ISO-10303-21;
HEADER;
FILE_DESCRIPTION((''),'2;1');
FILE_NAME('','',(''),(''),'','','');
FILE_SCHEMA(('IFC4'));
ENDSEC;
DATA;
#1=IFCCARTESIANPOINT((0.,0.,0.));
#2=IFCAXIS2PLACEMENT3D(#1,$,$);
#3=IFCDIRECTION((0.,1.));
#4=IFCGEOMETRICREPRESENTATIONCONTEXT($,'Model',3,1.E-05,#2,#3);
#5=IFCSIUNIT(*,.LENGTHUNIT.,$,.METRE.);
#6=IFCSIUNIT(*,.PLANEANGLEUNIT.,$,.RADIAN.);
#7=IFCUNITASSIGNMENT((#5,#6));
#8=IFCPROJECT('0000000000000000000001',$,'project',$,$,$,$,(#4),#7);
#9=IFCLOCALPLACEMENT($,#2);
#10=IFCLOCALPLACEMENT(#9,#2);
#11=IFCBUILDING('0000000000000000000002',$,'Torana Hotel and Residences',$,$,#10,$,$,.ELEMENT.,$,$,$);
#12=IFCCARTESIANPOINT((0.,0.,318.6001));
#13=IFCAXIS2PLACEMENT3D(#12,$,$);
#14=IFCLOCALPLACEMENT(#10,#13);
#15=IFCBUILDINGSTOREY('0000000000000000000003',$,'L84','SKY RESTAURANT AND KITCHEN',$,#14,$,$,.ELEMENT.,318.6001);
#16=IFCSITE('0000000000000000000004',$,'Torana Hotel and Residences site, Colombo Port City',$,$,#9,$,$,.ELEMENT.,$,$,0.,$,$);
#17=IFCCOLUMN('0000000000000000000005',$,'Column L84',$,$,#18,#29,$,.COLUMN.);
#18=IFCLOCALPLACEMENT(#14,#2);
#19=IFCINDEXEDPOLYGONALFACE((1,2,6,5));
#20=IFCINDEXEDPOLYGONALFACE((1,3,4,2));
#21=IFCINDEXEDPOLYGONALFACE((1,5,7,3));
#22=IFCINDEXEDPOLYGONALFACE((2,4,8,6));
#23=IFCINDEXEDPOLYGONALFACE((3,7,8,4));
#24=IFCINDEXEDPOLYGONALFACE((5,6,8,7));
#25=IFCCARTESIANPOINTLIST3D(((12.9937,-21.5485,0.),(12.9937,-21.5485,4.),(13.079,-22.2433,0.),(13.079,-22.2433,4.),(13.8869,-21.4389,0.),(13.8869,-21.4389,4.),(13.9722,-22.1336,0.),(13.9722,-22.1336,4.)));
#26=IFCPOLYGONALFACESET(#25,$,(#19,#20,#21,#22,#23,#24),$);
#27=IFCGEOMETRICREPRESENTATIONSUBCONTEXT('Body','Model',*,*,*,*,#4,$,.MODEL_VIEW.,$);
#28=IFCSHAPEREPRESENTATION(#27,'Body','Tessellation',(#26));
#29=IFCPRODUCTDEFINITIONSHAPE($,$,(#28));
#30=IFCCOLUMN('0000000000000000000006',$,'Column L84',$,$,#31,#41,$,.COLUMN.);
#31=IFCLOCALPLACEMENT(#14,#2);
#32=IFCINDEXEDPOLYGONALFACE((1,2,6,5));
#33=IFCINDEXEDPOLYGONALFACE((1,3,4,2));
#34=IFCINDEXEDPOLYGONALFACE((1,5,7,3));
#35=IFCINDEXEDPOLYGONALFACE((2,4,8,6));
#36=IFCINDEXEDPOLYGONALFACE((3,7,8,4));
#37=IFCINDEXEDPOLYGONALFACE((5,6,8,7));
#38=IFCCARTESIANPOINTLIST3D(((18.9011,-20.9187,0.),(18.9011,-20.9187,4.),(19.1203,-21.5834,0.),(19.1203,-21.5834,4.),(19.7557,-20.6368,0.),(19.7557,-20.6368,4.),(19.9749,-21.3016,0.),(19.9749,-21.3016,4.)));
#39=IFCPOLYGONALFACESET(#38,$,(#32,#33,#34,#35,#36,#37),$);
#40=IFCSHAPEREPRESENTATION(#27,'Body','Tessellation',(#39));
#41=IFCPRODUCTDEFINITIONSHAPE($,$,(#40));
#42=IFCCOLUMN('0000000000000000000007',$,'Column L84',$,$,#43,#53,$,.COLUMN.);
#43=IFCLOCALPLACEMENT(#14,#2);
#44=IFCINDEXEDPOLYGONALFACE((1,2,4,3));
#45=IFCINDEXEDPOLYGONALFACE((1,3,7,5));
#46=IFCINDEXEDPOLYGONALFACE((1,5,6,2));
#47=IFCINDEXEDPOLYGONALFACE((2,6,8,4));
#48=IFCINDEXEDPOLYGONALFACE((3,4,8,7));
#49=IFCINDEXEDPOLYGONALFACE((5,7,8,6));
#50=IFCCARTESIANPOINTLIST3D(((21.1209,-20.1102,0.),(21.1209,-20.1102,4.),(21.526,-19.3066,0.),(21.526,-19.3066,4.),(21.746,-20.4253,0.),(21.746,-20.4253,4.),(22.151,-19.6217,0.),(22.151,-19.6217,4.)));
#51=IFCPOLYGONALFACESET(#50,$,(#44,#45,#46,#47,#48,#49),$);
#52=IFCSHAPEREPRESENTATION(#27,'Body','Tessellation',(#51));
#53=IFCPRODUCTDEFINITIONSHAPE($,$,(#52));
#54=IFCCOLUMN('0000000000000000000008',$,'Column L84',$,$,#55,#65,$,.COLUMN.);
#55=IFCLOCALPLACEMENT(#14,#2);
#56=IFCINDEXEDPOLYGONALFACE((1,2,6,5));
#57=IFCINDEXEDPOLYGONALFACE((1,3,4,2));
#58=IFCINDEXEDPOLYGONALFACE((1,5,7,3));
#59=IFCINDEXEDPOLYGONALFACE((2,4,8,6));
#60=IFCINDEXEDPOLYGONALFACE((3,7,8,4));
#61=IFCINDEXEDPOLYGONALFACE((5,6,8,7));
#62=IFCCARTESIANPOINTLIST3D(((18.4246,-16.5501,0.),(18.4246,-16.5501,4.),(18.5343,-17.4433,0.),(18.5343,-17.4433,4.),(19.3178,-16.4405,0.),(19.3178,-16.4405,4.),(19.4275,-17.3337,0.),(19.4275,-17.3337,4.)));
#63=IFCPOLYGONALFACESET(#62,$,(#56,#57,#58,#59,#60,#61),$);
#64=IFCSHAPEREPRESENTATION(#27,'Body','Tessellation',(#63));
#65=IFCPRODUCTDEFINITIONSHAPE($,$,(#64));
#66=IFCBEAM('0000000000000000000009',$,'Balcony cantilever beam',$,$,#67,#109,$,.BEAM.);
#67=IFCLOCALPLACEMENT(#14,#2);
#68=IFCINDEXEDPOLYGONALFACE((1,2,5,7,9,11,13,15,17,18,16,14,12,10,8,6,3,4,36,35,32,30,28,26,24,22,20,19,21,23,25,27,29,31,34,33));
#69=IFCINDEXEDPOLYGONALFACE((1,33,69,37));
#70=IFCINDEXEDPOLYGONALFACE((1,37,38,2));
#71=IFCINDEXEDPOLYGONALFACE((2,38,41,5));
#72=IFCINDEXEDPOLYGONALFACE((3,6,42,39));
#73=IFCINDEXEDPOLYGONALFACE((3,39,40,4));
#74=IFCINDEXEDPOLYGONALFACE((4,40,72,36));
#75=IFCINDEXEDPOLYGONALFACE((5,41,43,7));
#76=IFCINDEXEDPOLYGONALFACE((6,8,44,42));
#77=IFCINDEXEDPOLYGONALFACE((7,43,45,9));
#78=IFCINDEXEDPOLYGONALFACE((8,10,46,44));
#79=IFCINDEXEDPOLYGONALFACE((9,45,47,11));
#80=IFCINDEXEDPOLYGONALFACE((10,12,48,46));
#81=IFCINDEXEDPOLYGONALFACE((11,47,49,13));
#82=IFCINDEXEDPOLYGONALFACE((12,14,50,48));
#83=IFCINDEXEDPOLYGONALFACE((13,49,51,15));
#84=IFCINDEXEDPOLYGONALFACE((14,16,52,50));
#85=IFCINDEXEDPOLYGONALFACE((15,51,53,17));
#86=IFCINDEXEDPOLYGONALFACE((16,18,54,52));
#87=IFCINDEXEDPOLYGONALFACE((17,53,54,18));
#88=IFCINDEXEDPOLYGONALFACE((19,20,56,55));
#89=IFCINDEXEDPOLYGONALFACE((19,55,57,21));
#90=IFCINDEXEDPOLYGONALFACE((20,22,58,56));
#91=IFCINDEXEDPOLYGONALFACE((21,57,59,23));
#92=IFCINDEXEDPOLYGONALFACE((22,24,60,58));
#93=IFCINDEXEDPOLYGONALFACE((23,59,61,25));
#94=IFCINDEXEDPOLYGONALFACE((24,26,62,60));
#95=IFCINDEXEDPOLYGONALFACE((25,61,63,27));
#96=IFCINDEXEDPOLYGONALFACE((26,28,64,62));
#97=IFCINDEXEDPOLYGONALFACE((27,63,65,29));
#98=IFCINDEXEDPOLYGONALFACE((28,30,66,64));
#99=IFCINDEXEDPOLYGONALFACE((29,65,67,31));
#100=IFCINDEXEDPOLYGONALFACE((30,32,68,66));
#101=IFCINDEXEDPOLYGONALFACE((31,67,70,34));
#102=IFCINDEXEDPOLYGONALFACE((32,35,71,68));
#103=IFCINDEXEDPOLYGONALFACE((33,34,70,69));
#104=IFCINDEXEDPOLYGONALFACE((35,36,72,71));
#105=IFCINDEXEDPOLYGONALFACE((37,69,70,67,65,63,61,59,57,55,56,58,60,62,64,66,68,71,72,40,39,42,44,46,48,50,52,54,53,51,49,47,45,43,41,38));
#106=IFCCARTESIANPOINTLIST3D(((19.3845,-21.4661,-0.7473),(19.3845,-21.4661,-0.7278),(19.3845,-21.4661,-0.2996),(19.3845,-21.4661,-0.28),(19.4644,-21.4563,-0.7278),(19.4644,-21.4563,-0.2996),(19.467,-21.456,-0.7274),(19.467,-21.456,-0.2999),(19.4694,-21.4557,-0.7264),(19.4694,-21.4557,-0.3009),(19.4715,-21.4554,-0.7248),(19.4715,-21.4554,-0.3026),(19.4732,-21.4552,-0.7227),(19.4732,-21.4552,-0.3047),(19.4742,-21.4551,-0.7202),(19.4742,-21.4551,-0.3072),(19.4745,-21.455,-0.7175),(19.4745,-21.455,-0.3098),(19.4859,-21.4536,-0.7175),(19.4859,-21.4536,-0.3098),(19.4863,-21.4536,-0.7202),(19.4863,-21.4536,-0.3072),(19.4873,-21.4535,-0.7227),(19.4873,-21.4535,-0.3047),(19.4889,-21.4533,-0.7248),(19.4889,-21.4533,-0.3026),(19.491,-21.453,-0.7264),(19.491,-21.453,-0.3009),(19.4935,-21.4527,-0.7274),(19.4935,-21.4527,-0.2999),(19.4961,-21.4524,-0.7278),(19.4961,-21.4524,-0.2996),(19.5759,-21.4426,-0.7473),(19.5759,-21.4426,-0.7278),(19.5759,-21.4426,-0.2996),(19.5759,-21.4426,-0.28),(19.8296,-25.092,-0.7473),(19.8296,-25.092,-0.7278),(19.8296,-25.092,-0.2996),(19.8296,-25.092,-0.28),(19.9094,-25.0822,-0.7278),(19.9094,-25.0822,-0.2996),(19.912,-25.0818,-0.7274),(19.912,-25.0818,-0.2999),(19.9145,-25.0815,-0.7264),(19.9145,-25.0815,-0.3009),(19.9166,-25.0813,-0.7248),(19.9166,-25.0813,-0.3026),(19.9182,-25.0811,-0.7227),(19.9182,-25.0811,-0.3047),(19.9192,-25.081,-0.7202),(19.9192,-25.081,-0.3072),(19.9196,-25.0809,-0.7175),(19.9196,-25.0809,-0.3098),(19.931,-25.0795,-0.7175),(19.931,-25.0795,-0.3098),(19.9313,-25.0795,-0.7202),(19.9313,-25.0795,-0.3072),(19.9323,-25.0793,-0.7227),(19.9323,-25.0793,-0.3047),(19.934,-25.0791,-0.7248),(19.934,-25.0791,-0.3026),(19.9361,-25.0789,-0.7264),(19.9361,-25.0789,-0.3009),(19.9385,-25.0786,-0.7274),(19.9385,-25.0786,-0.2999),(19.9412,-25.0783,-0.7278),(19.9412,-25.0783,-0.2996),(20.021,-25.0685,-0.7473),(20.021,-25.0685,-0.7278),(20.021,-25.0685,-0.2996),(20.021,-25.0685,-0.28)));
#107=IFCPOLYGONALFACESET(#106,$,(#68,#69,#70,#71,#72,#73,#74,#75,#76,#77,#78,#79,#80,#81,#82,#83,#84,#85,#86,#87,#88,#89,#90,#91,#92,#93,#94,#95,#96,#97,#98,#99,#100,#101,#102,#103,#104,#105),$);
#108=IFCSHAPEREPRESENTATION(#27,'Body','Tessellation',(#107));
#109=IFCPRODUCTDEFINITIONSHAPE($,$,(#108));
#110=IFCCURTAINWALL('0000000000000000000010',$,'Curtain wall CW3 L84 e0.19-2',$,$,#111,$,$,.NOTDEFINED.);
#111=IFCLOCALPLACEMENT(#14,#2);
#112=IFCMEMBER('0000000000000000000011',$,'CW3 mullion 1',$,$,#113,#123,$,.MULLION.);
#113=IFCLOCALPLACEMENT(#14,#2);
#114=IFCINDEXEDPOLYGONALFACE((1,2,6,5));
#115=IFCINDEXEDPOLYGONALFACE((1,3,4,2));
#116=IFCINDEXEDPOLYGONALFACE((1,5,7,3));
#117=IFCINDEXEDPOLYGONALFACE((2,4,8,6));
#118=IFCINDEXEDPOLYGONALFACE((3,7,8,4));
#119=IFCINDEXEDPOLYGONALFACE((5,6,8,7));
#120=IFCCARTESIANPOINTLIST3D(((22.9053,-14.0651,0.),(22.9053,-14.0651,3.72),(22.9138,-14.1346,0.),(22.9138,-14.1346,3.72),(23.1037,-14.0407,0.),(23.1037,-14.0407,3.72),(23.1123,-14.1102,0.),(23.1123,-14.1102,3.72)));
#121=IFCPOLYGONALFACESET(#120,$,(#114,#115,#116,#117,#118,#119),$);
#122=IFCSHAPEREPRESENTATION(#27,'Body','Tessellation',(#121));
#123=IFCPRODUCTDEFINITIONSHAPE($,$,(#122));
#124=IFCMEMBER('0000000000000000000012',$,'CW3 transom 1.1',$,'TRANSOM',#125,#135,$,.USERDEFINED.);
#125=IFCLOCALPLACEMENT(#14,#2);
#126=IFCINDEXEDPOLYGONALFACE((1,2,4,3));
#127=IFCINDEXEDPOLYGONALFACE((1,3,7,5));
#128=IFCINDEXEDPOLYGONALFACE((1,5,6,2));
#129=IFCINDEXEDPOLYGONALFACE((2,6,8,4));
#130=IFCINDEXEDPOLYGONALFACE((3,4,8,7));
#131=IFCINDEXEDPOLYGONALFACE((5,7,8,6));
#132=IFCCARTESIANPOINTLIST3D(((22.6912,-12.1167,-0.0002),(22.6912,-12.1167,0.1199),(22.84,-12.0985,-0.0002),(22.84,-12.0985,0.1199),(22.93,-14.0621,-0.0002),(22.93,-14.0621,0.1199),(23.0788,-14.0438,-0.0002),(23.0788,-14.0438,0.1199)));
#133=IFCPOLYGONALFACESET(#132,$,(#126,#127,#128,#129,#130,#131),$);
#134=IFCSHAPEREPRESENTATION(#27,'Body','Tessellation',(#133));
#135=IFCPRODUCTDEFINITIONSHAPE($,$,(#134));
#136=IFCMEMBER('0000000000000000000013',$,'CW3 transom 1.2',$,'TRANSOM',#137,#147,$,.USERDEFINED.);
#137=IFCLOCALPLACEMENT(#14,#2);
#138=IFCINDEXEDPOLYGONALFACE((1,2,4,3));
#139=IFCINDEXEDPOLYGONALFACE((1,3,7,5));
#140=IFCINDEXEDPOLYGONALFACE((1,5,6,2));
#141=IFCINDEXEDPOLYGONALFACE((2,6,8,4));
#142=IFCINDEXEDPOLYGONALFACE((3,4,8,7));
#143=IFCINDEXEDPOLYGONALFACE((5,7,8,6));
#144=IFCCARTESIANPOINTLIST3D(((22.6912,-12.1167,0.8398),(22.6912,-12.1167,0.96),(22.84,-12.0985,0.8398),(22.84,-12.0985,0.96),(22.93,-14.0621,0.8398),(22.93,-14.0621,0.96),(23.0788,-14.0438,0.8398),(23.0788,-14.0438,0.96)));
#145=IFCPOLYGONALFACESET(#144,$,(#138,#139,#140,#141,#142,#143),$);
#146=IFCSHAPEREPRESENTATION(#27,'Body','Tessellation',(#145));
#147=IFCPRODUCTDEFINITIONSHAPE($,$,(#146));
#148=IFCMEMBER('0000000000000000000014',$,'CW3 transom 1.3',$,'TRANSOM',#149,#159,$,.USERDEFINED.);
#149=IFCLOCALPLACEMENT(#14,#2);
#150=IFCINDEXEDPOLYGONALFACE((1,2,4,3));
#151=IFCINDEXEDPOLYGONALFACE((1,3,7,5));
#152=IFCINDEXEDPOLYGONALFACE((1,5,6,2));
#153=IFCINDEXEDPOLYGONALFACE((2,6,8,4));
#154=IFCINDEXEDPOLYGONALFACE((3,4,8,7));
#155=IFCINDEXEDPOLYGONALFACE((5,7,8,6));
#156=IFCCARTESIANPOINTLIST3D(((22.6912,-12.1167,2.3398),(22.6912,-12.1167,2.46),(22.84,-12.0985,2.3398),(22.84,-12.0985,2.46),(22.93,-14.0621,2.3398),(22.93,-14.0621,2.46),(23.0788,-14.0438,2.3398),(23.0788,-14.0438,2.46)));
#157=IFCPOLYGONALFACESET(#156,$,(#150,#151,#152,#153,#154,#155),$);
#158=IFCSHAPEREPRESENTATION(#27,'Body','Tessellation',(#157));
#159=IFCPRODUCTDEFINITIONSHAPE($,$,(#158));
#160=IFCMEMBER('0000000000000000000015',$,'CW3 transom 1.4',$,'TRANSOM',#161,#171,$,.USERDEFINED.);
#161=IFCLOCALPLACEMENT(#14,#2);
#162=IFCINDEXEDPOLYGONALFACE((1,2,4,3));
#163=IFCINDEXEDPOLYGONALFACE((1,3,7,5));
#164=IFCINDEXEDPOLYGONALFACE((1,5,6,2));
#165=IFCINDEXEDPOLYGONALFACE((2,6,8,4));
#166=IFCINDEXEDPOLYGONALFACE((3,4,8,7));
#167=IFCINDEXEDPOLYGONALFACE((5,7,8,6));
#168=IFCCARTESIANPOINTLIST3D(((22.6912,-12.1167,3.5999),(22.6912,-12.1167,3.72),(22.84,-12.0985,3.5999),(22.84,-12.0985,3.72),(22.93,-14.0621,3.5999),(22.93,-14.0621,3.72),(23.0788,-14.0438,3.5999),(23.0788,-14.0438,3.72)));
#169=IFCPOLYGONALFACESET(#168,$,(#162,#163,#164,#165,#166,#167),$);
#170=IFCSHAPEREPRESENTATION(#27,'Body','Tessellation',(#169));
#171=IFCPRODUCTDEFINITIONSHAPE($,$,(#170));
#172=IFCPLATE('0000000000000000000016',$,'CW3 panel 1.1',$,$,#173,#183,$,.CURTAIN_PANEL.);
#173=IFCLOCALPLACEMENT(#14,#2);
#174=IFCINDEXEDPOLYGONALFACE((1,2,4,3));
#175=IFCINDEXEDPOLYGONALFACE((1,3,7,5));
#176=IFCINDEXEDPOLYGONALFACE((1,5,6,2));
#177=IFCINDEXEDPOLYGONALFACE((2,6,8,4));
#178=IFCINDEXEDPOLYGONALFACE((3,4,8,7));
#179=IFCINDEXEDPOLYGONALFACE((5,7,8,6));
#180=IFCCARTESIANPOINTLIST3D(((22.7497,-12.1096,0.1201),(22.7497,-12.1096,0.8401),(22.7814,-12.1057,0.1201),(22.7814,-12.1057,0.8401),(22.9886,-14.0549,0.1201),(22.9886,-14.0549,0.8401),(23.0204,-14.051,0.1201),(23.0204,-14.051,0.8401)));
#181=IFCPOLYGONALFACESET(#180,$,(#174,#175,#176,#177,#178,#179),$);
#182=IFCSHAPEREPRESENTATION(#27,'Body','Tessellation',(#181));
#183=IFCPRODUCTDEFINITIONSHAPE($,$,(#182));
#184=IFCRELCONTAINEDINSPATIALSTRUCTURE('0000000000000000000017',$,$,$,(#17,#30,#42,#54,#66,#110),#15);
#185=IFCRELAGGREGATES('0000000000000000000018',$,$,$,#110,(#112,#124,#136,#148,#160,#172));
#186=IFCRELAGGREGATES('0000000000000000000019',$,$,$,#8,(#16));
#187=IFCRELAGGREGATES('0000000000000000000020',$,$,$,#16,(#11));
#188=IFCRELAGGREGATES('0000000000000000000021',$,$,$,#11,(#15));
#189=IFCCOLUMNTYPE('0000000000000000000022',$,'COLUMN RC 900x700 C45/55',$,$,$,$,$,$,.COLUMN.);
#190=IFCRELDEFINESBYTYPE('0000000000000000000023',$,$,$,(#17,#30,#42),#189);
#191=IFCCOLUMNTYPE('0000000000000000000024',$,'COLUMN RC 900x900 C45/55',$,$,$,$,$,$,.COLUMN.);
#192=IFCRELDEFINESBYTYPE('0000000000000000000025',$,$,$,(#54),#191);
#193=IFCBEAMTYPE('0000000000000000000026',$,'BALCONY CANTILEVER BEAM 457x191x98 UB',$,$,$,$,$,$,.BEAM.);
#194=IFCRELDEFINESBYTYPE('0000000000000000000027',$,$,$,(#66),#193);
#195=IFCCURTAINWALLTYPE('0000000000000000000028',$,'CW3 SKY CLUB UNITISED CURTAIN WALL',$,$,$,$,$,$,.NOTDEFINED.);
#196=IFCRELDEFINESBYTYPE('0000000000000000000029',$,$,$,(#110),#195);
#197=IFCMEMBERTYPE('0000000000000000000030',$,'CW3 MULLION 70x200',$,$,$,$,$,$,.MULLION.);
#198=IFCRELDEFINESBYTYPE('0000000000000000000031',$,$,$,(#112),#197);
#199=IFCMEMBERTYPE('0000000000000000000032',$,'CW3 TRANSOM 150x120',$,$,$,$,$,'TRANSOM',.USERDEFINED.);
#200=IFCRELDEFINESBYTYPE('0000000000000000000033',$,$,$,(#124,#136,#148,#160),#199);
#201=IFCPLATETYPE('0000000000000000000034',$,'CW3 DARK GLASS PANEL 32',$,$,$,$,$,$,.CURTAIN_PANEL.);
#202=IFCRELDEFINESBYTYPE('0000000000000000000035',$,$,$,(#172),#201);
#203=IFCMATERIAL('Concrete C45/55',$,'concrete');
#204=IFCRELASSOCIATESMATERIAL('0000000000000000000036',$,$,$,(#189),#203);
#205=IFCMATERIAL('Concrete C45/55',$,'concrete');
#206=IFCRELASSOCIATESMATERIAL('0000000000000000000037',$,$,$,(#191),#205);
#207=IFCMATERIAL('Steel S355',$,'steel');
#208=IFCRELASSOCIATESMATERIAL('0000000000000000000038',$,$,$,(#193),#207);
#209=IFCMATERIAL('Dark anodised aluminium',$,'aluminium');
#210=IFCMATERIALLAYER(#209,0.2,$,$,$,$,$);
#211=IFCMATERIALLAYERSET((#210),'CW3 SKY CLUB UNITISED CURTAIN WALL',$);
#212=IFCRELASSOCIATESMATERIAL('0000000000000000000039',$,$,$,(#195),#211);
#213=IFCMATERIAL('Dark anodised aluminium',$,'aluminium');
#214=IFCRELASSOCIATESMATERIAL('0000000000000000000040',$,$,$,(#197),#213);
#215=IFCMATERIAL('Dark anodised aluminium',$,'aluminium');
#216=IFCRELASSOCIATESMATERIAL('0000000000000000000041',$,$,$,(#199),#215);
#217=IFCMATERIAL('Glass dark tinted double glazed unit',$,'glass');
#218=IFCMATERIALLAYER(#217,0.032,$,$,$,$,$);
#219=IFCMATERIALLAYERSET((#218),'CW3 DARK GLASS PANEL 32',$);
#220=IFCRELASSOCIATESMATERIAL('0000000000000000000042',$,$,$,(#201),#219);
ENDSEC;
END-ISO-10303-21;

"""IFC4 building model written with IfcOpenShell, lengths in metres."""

from ifc_helpers import new_model, si_unit, direction, frame, origin, origin_2d, place, context, subcontext, project, spatial, rectangle, i_section, extrude, material, layer, layer_set, material_profile, profile_set, type_object, element, aggregate, save


model = new_model("IFC4")

# Units and contexts
model_context = context("Model", 3, precision=1e-05, world=origin(), true_north=direction((0.0, 1.0)))
body_context = subcontext(model_context, "Body", "Model", "MODEL_VIEW")
ifc_project = project(units=[si_unit("LENGTHUNIT", "METRE"), si_unit("PLANEANGLEUNIT", "RADIAN")], contexts=[model_context])

# Site, building, storey
site_placement = place(None, origin())
site = spatial("IfcSite", under=ifc_project, at=site_placement, Name="Torana Hotel and Residences site, Colombo Port City", CompositionType="ELEMENT", RefElevation=0.0)
building_placement = place(site_placement, origin())
building = spatial("IfcBuilding", under=site, at=building_placement, Name="Torana Hotel and Residences", CompositionType="ELEMENT")
storey_placement = place(building_placement, frame((0.0, 0.0, 318.6001)))
storey = spatial("IfcBuildingStorey", under=building, at=storey_placement, Name="L84", Description="SKY RESTAURANT AND KITCHEN", CompositionType="ELEMENT", Elevation=318.6001)

# Columns
ifc_material_1 = material(Name="Concrete C45/55", Category="concrete")
ifc_material_profile_1 = material_profile(ifc_material_1, rectangle(XDim=0.8999, YDim=0.7, at=origin_2d()), Name="RC 900x700")
ifc_profile_set_1 = profile_set([ifc_material_profile_1], Name="Concrete C45/55")
column_type_1 = type_object("IfcColumnType", Name="COLUMN RC 900x700 C45/55", PredefinedType="COLUMN", material=ifc_profile_set_1)
for number, where, z_axis, x_axis, name in (
    (1, (13.4829, -21.8411, 0.0), (0.0, 0.0, 1.0), (0.992546, 0.121869, 0.0), "Column L84"),
    (2, (19.438, -21.1101, 0.0), (0.0, 0.0, 1.0), (0.949694, 0.31318, 0.0), "Column L84"),
    (3, (21.636, -19.866, 0.0), (0.0, 0.0, 1.0), (0.450098, 0.892979, 0.0), "Column L84"),
):
    element("IfcColumn", number, at=place(storey_placement, frame(where, z_axis=z_axis, x_axis=x_axis)), inside=storey, type_object=column_type_1, Name=name, PredefinedType="COLUMN", context=body_context, shape_type="SweptSolid", body=[
        extrude(rectangle(XDim=0.8999, YDim=0.7, at=origin_2d()), origin(), (0.0, 0.0, 1.0), 4.0),
    ])
ifc_material_2 = material(Name="Concrete C45/55", Category="concrete")
ifc_material_profile_2 = material_profile(ifc_material_2, rectangle(XDim=0.8999, YDim=0.8999, at=origin_2d()), Name="RC 900x900")
ifc_profile_set_2 = profile_set([ifc_material_profile_2], Name="Concrete C45/55")
column_type_2 = type_object("IfcColumnType", Name="COLUMN RC 900x900 C45/55", PredefinedType="COLUMN", material=ifc_profile_set_2)
column_placement = place(storey_placement, frame((18.926, -16.9419, 0.0), z_axis=(0.0, 0.0, 1.0), x_axis=(0.992546, 0.121869, 0.0)))
element("IfcColumn", 4, at=column_placement, inside=storey, type_object=column_type_2, Name="Column L84", PredefinedType="COLUMN", context=body_context, shape_type="SweptSolid", body=[
    extrude(rectangle(XDim=0.8999, YDim=0.8999, at=origin_2d()), origin(), (0.0, 0.0, 1.0), 4.0),
])

# Beam
ifc_material_3 = material(Name="Steel S355", Category="steel")
ifc_material_profile_3 = material_profile(ifc_material_3, i_section(OverallWidth=0.1929, OverallDepth=0.4673, WebThickness=0.0115, FlangeThickness=0.0195, FilletRadius=0.0103, at=origin_2d()), Name="457x191x98 UB")
ifc_profile_set_3 = profile_set([ifc_material_profile_3], Name="Steel S355")
beam_type = type_object("IfcBeamType", Name="BALCONY CANTILEVER BEAM 457x191x98 UB", PredefinedType="BEAM", material=ifc_profile_set_3)
beam_placement = place(storey_placement, frame((19.4802, -21.4543, -0.5137), z_axis=(0.12183, -0.992551, 0.0), x_axis=(0.992551, 0.12183, 0.0)))
element("IfcBeam", 5, at=beam_placement, inside=storey, type_object=beam_type, Name="Balcony cantilever beam", PredefinedType="BEAM", context=body_context, shape_type="SweptSolid", body=[
    extrude(i_section(OverallWidth=0.1929, OverallDepth=0.4673, WebThickness=0.0115, FlangeThickness=0.0195, FilletRadius=0.0103, at=origin_2d()), origin(), (0.0, 0.0, 1.0), 3.6531),
])

# Curtain wall, members, plate
ifc_material_4 = material(Name="Dark anodised aluminium", Category="aluminium")
ifc_layer_1 = layer(ifc_material_4, 0.2)
ifc_layer_set_1 = layer_set([ifc_layer_1], Name="CW3 SKY CLUB UNITISED CURTAIN WALL")
curtain_wall_type = type_object("IfcCurtainWallType", Name="CW3 SKY CLUB UNITISED CURTAIN WALL", PredefinedType="NOTDEFINED", material=ifc_layer_set_1)
curtain_wall_placement = place(storey_placement, origin())
curtain_wall = element("IfcCurtainWall", 6, at=curtain_wall_placement, inside=storey, type_object=curtain_wall_type, Name="Curtain wall CW3 L84 e0.19-2", PredefinedType="NOTDEFINED")
ifc_material_5 = material(Name="Dark anodised aluminium", Category="aluminium")
ifc_material_profile_4 = material_profile(ifc_material_5, rectangle(XDim=0.2, YDim=0.0701, at=origin_2d()), Name="CW3 MULLION 70x200")
ifc_profile_set_4 = profile_set([ifc_material_profile_4], Name="Dark anodised aluminium")
member_type_1 = type_object("IfcMemberType", Name="CW3 MULLION 70x200", PredefinedType="MULLION", material=ifc_profile_set_4)
member_1_placement = place(storey_placement, frame((23.0088, -14.0876, 0.0), z_axis=(0.0, 0.0, 1.0), x_axis=(-0.992541, -0.121913, 0.0)))
member_1 = element("IfcMember", 7, at=member_1_placement, type_object=member_type_1, Name="CW3 mullion 1", PredefinedType="MULLION", context=body_context, shape_type="SweptSolid", body=[
    extrude(rectangle(XDim=0.2, YDim=0.0701, at=origin_2d()), origin(), (0.0, 0.0, 1.0), 3.72),
])
ifc_material_6 = material(Name="Dark anodised aluminium", Category="aluminium")
ifc_material_profile_5 = material_profile(ifc_material_6, rectangle(XDim=0.1499, YDim=0.1201, at=origin_2d()), Name="CW3 TRANSOM 150x120")
ifc_profile_set_5 = profile_set([ifc_material_profile_5], Name="Dark anodised aluminium")
member_type_2 = type_object("IfcMemberType", Name="CW3 TRANSOM 150x120", ElementType="TRANSOM", PredefinedType="USERDEFINED", material=ifc_profile_set_5)
member_2_placement = place(storey_placement, frame((23.0044, -14.053, 0.0598), z_axis=(-0.121827, 0.992551, 0.0), x_axis=(-0.992551, -0.121827, 0.0)))
member_2 = element("IfcMember", 8, at=member_2_placement, type_object=member_type_2, Name="CW3 transom 1.1", ObjectType="TRANSOM", PredefinedType="USERDEFINED", context=body_context, shape_type="SweptSolid", body=[
    extrude(rectangle(XDim=0.1499, YDim=0.1201, at=origin_2d()), origin(), (0.0, 0.0, 1.0), 1.96),
])
member_3_placement = place(storey_placement, frame((23.0044, -14.053, 0.8999), z_axis=(-0.121827, 0.992551, 0.0), x_axis=(-0.992551, -0.121827, 0.0)))
member_3 = element("IfcMember", 9, at=member_3_placement, type_object=member_type_2, Name="CW3 transom 1.2", ObjectType="TRANSOM", PredefinedType="USERDEFINED", context=body_context, shape_type="SweptSolid", body=[
    extrude(rectangle(XDim=0.1499, YDim=0.1201, at=origin_2d()), origin(), (0.0, 0.0, 1.0), 1.96),
])
member_4_placement = place(storey_placement, frame((23.0044, -14.053, 2.3999), z_axis=(-0.121827, 0.992551, 0.0), x_axis=(-0.992551, -0.121827, 0.0)))
member_4 = element("IfcMember", 10, at=member_4_placement, type_object=member_type_2, Name="CW3 transom 1.3", ObjectType="TRANSOM", PredefinedType="USERDEFINED", context=body_context, shape_type="SweptSolid", body=[
    extrude(rectangle(XDim=0.1499, YDim=0.1201, at=origin_2d()), origin(), (0.0, 0.0, 1.0), 1.96),
])
member_5_placement = place(storey_placement, frame((23.0044, -14.053, 3.6599), z_axis=(-0.121827, 0.992551, 0.0), x_axis=(-0.992551, -0.121827, 0.0)))
member_5 = element("IfcMember", 11, at=member_5_placement, type_object=member_type_2, Name="CW3 transom 1.4", ObjectType="TRANSOM", PredefinedType="USERDEFINED", context=body_context, shape_type="SweptSolid", body=[
    extrude(rectangle(XDim=0.1499, YDim=0.1201, at=origin_2d()), origin(), (0.0, 0.0, 1.0), 1.96),
])
ifc_material_7 = material(Name="Glass dark tinted double glazed unit", Category="glass")
ifc_layer_2 = layer(ifc_material_7, 0.032)
ifc_layer_set_2 = layer_set([ifc_layer_2], Name="CW3 DARK GLASS PANEL 32")
plate_type = type_object("IfcPlateType", Name="CW3 DARK GLASS PANEL 32", PredefinedType="CURTAIN_PANEL", material=ifc_layer_set_2)
plate_1_placement = place(storey_placement, frame((22.885, -13.0803, 0.1201), z_axis=(0.0, 0.0, 1.0), x_axis=(-0.121913, 0.992541, 0.0)))
plate_1 = element("IfcPlate", 12, at=plate_1_placement, type_object=plate_type, Name="CW3 panel 1.1", PredefinedType="CURTAIN_PANEL", context=body_context, shape_type="SweptSolid", body=[
    extrude(rectangle(XDim=1.96, YDim=0.032, at=origin_2d()), origin(), (0.0, 0.0, 1.0), 0.72),
])
aggregate(curtain_wall, [member_1, member_2, member_3, member_4, member_5, plate_1])

save(model, "model.ifc")
